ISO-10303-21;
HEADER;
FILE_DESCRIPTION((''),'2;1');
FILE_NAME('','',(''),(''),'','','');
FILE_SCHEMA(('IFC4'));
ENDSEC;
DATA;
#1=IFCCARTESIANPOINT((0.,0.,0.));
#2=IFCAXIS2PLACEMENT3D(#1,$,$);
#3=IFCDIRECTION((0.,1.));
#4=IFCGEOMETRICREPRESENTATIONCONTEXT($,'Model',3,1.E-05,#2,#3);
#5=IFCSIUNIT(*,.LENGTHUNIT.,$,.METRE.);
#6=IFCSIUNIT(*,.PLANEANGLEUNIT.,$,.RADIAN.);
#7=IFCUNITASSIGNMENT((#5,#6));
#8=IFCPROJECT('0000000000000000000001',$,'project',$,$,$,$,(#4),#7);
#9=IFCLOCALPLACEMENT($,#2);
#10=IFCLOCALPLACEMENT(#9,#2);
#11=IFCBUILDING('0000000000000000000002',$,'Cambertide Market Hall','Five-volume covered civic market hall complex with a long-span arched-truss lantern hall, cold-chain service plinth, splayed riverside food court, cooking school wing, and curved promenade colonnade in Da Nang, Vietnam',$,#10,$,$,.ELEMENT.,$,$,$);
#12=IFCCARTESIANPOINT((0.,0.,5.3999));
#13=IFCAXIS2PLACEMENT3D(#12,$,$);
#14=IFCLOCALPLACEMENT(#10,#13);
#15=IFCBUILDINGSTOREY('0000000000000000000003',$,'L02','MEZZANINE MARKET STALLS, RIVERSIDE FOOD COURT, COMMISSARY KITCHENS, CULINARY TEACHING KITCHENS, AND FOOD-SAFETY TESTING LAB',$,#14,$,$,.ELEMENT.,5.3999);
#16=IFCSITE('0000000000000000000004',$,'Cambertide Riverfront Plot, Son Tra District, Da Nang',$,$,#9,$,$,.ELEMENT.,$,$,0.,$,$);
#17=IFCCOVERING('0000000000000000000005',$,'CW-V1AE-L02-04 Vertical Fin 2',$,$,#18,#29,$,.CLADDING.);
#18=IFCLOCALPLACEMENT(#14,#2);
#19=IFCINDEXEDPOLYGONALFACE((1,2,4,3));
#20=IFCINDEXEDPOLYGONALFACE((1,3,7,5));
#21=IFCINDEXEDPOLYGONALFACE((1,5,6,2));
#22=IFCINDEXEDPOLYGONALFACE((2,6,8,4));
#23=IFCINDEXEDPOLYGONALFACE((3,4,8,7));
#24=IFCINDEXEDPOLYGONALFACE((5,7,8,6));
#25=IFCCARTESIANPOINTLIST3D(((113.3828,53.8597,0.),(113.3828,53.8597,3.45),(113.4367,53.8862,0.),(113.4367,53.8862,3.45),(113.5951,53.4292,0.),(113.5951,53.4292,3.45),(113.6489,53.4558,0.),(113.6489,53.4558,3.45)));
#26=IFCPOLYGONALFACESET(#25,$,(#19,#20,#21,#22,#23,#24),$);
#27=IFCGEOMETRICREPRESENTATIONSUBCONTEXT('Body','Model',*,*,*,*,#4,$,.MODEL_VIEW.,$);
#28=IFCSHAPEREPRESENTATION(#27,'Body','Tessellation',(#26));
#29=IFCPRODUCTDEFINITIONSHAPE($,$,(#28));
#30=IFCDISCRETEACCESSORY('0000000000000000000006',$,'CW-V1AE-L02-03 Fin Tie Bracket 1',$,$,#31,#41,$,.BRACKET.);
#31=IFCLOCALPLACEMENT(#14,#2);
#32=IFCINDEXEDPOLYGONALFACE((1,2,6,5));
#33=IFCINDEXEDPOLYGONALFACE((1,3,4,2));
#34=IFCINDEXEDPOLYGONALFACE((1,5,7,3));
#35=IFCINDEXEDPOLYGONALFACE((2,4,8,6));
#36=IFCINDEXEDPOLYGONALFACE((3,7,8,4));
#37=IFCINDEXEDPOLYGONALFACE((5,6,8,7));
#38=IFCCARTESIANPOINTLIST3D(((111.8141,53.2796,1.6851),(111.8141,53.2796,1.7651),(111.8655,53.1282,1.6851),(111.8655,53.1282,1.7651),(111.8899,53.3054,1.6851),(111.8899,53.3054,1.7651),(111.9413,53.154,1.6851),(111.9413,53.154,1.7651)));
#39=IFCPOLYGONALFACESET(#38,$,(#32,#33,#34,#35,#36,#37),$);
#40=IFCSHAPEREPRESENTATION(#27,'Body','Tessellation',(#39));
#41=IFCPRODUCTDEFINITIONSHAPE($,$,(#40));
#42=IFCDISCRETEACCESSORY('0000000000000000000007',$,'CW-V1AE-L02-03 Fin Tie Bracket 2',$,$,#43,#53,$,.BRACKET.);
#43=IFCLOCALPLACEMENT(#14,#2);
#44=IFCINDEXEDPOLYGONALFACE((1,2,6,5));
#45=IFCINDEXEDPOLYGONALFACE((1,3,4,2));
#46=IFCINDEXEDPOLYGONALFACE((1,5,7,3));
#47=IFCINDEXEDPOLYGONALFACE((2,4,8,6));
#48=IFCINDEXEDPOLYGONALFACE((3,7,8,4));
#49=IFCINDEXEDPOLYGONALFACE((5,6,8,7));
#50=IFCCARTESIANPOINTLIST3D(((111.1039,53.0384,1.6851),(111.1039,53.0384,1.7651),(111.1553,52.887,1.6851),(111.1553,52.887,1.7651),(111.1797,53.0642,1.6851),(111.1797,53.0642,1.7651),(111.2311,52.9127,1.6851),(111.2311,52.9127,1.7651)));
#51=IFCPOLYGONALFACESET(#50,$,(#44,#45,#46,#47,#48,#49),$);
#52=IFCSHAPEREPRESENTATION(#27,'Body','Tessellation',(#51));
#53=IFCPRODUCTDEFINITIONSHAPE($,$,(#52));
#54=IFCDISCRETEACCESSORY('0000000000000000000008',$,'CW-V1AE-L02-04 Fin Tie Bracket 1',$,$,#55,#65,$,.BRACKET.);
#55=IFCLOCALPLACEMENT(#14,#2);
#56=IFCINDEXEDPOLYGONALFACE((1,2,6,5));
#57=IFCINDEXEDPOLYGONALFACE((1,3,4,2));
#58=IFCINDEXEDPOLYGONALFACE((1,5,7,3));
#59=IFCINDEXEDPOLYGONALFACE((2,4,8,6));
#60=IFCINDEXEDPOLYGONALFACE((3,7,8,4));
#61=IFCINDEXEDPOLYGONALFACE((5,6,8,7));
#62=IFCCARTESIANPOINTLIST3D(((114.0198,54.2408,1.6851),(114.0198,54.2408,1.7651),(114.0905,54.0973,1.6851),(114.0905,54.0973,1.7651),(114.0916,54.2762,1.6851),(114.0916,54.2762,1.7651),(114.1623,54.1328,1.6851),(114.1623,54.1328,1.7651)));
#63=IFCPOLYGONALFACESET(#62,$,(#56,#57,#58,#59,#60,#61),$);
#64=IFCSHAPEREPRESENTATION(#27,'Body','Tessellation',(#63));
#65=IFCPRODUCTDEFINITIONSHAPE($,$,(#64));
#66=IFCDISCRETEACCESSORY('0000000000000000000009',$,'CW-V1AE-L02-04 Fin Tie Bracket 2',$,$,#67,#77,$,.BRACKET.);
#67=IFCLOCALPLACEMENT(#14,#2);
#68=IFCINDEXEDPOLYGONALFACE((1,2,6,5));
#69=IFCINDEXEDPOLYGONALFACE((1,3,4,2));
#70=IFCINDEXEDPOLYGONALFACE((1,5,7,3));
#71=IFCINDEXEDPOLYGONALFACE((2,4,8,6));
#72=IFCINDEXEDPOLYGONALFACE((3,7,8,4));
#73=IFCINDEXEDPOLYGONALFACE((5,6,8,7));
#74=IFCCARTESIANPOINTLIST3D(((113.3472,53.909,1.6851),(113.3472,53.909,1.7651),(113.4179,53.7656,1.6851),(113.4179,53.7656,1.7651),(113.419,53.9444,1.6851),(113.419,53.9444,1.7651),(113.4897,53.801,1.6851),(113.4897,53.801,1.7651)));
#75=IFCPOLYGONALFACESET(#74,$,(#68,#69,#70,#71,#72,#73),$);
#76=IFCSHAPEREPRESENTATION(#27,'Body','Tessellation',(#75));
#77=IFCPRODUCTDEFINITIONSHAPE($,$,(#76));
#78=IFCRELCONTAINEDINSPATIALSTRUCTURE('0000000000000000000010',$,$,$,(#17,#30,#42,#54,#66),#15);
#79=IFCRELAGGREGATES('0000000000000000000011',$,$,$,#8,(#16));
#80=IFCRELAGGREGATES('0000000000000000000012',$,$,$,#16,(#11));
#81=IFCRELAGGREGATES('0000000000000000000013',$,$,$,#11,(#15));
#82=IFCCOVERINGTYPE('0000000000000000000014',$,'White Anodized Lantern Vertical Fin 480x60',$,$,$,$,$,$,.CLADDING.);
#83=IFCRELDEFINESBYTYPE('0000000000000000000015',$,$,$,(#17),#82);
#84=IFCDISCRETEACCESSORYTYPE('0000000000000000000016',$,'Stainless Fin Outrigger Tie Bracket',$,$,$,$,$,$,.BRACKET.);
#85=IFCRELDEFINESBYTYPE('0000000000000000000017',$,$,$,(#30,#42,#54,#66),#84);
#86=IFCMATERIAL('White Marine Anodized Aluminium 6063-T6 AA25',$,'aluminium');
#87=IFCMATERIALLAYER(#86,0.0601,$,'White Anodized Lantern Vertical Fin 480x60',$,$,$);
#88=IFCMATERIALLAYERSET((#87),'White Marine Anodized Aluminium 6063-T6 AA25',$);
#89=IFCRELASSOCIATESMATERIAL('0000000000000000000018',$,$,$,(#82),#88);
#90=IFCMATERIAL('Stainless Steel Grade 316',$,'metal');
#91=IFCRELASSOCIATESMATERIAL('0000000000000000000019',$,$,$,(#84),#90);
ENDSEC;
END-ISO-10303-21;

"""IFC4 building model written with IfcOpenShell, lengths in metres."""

from ifc_helpers import new_model, si_unit, direction, frame, origin, origin_2d, place, context, subcontext, project, spatial, rectangle, extrude, material, layer, layer_set, type_object, element, save


model = new_model("IFC4")

# Units and contexts
model_context = context("Model", 3, precision=1e-05, world=origin(), true_north=direction((0.0, 1.0)))
body_context = subcontext(model_context, "Body", "Model", "MODEL_VIEW")
ifc_project = project(units=[si_unit("LENGTHUNIT", "METRE"), si_unit("PLANEANGLEUNIT", "RADIAN")], contexts=[model_context])

# Site, building, storey
site_placement = place(None, origin())
site = spatial("IfcSite", under=ifc_project, at=site_placement, Name="Cambertide Riverfront Plot, Son Tra District, Da Nang", CompositionType="ELEMENT", RefElevation=0.0)
building_placement = place(site_placement, origin())
building = spatial("IfcBuilding", under=site, at=building_placement, Name="Cambertide Market Hall", Description="Five-volume covered civic market hall complex with a long-span arched-truss lantern hall, cold-chain service plinth, splayed riverside food court, cooking school wing, and curved promenade colonnade in Da Nang, Vietnam", CompositionType="ELEMENT")
storey_placement = place(building_placement, frame((0.0, 0.0, 5.3999)))
storey = spatial("IfcBuildingStorey", under=building, at=storey_placement, Name="L02", Description="MEZZANINE MARKET STALLS, RIVERSIDE FOOD COURT, COMMISSARY KITCHENS, CULINARY TEACHING KITCHENS, AND FOOD-SAFETY TESTING LAB", CompositionType="ELEMENT", Elevation=5.3999)

# Covering
ifc_material_1 = material(Name="White Marine Anodized Aluminium 6063-T6 AA25", Category="aluminium")
ifc_layer_1 = layer(ifc_material_1, 0.0601, Name="White Anodized Lantern Vertical Fin 480x60")
ifc_layer_set_1 = layer_set([ifc_layer_1], Name="White Marine Anodized Aluminium 6063-T6 AA25")
covering_type = type_object("IfcCoveringType", Name="White Anodized Lantern Vertical Fin 480x60", PredefinedType="CLADDING", material=ifc_layer_set_1)
for number, where, z_axis, x_axis, name in (
    (1, (113.5159, 53.6577, 0.0), (0.0, 0.0, 1.0), (-0.896873, -0.442289, 0.0), "CW-V1AE-L02-04 Vertical Fin 2"),
):
    element("IfcCovering", number, at=place(storey_placement, frame(where, z_axis=z_axis, x_axis=x_axis)), inside=storey, type_object=covering_type, Name=name, PredefinedType="CLADDING", context=body_context, shape_type="SweptSolid", body=[
        extrude(rectangle(XDim=0.0601, YDim=0.48, at=origin_2d()), origin(), (0.0, 0.0, 1.0), 3.45),
    ])

# Discrete accessories
ifc_material_2 = material(Name="Stainless Steel Grade 316", Category="metal")
discrete_accessory_type = type_object("IfcDiscreteAccessoryType", Name="Stainless Fin Outrigger Tie Bracket", PredefinedType="BRACKET", material=ifc_material_2)
for number, where, z_axis, x_axis, name in (
    (2, (111.8777, 53.2168, 1.6851), (0.0, 0.0, 1.0), (-0.94693, -0.321439, 0.0), "CW-V1AE-L02-03 Fin Tie Bracket 1"),
    (3, (111.1675, 52.9756, 1.6851), (0.0, 0.0, 1.0), (-0.94693, -0.321439, 0.0), "CW-V1AE-L02-03 Fin Tie Bracket 2"),
    (4, (114.0911, 54.1868, 1.6851), (0.0, 0.0, 1.0), (-0.896873, -0.442289, 0.0), "CW-V1AE-L02-04 Fin Tie Bracket 1"),
    (5, (113.4185, 53.855, 1.6851), (0.0, 0.0, 1.0), (-0.896873, -0.442289, 0.0), "CW-V1AE-L02-04 Fin Tie Bracket 2"),
):
    element("IfcDiscreteAccessory", number, at=place(storey_placement, frame(where, z_axis=z_axis, x_axis=x_axis)), inside=storey, type_object=discrete_accessory_type, Name=name, PredefinedType="BRACKET", context=body_context, shape_type="SweptSolid", body=[
        extrude(rectangle(XDim=0.0801, YDim=0.1599, at=origin_2d()), origin(), (0.0, 0.0, 1.0), 0.0801),
    ])

save(model, "model.ifc")
